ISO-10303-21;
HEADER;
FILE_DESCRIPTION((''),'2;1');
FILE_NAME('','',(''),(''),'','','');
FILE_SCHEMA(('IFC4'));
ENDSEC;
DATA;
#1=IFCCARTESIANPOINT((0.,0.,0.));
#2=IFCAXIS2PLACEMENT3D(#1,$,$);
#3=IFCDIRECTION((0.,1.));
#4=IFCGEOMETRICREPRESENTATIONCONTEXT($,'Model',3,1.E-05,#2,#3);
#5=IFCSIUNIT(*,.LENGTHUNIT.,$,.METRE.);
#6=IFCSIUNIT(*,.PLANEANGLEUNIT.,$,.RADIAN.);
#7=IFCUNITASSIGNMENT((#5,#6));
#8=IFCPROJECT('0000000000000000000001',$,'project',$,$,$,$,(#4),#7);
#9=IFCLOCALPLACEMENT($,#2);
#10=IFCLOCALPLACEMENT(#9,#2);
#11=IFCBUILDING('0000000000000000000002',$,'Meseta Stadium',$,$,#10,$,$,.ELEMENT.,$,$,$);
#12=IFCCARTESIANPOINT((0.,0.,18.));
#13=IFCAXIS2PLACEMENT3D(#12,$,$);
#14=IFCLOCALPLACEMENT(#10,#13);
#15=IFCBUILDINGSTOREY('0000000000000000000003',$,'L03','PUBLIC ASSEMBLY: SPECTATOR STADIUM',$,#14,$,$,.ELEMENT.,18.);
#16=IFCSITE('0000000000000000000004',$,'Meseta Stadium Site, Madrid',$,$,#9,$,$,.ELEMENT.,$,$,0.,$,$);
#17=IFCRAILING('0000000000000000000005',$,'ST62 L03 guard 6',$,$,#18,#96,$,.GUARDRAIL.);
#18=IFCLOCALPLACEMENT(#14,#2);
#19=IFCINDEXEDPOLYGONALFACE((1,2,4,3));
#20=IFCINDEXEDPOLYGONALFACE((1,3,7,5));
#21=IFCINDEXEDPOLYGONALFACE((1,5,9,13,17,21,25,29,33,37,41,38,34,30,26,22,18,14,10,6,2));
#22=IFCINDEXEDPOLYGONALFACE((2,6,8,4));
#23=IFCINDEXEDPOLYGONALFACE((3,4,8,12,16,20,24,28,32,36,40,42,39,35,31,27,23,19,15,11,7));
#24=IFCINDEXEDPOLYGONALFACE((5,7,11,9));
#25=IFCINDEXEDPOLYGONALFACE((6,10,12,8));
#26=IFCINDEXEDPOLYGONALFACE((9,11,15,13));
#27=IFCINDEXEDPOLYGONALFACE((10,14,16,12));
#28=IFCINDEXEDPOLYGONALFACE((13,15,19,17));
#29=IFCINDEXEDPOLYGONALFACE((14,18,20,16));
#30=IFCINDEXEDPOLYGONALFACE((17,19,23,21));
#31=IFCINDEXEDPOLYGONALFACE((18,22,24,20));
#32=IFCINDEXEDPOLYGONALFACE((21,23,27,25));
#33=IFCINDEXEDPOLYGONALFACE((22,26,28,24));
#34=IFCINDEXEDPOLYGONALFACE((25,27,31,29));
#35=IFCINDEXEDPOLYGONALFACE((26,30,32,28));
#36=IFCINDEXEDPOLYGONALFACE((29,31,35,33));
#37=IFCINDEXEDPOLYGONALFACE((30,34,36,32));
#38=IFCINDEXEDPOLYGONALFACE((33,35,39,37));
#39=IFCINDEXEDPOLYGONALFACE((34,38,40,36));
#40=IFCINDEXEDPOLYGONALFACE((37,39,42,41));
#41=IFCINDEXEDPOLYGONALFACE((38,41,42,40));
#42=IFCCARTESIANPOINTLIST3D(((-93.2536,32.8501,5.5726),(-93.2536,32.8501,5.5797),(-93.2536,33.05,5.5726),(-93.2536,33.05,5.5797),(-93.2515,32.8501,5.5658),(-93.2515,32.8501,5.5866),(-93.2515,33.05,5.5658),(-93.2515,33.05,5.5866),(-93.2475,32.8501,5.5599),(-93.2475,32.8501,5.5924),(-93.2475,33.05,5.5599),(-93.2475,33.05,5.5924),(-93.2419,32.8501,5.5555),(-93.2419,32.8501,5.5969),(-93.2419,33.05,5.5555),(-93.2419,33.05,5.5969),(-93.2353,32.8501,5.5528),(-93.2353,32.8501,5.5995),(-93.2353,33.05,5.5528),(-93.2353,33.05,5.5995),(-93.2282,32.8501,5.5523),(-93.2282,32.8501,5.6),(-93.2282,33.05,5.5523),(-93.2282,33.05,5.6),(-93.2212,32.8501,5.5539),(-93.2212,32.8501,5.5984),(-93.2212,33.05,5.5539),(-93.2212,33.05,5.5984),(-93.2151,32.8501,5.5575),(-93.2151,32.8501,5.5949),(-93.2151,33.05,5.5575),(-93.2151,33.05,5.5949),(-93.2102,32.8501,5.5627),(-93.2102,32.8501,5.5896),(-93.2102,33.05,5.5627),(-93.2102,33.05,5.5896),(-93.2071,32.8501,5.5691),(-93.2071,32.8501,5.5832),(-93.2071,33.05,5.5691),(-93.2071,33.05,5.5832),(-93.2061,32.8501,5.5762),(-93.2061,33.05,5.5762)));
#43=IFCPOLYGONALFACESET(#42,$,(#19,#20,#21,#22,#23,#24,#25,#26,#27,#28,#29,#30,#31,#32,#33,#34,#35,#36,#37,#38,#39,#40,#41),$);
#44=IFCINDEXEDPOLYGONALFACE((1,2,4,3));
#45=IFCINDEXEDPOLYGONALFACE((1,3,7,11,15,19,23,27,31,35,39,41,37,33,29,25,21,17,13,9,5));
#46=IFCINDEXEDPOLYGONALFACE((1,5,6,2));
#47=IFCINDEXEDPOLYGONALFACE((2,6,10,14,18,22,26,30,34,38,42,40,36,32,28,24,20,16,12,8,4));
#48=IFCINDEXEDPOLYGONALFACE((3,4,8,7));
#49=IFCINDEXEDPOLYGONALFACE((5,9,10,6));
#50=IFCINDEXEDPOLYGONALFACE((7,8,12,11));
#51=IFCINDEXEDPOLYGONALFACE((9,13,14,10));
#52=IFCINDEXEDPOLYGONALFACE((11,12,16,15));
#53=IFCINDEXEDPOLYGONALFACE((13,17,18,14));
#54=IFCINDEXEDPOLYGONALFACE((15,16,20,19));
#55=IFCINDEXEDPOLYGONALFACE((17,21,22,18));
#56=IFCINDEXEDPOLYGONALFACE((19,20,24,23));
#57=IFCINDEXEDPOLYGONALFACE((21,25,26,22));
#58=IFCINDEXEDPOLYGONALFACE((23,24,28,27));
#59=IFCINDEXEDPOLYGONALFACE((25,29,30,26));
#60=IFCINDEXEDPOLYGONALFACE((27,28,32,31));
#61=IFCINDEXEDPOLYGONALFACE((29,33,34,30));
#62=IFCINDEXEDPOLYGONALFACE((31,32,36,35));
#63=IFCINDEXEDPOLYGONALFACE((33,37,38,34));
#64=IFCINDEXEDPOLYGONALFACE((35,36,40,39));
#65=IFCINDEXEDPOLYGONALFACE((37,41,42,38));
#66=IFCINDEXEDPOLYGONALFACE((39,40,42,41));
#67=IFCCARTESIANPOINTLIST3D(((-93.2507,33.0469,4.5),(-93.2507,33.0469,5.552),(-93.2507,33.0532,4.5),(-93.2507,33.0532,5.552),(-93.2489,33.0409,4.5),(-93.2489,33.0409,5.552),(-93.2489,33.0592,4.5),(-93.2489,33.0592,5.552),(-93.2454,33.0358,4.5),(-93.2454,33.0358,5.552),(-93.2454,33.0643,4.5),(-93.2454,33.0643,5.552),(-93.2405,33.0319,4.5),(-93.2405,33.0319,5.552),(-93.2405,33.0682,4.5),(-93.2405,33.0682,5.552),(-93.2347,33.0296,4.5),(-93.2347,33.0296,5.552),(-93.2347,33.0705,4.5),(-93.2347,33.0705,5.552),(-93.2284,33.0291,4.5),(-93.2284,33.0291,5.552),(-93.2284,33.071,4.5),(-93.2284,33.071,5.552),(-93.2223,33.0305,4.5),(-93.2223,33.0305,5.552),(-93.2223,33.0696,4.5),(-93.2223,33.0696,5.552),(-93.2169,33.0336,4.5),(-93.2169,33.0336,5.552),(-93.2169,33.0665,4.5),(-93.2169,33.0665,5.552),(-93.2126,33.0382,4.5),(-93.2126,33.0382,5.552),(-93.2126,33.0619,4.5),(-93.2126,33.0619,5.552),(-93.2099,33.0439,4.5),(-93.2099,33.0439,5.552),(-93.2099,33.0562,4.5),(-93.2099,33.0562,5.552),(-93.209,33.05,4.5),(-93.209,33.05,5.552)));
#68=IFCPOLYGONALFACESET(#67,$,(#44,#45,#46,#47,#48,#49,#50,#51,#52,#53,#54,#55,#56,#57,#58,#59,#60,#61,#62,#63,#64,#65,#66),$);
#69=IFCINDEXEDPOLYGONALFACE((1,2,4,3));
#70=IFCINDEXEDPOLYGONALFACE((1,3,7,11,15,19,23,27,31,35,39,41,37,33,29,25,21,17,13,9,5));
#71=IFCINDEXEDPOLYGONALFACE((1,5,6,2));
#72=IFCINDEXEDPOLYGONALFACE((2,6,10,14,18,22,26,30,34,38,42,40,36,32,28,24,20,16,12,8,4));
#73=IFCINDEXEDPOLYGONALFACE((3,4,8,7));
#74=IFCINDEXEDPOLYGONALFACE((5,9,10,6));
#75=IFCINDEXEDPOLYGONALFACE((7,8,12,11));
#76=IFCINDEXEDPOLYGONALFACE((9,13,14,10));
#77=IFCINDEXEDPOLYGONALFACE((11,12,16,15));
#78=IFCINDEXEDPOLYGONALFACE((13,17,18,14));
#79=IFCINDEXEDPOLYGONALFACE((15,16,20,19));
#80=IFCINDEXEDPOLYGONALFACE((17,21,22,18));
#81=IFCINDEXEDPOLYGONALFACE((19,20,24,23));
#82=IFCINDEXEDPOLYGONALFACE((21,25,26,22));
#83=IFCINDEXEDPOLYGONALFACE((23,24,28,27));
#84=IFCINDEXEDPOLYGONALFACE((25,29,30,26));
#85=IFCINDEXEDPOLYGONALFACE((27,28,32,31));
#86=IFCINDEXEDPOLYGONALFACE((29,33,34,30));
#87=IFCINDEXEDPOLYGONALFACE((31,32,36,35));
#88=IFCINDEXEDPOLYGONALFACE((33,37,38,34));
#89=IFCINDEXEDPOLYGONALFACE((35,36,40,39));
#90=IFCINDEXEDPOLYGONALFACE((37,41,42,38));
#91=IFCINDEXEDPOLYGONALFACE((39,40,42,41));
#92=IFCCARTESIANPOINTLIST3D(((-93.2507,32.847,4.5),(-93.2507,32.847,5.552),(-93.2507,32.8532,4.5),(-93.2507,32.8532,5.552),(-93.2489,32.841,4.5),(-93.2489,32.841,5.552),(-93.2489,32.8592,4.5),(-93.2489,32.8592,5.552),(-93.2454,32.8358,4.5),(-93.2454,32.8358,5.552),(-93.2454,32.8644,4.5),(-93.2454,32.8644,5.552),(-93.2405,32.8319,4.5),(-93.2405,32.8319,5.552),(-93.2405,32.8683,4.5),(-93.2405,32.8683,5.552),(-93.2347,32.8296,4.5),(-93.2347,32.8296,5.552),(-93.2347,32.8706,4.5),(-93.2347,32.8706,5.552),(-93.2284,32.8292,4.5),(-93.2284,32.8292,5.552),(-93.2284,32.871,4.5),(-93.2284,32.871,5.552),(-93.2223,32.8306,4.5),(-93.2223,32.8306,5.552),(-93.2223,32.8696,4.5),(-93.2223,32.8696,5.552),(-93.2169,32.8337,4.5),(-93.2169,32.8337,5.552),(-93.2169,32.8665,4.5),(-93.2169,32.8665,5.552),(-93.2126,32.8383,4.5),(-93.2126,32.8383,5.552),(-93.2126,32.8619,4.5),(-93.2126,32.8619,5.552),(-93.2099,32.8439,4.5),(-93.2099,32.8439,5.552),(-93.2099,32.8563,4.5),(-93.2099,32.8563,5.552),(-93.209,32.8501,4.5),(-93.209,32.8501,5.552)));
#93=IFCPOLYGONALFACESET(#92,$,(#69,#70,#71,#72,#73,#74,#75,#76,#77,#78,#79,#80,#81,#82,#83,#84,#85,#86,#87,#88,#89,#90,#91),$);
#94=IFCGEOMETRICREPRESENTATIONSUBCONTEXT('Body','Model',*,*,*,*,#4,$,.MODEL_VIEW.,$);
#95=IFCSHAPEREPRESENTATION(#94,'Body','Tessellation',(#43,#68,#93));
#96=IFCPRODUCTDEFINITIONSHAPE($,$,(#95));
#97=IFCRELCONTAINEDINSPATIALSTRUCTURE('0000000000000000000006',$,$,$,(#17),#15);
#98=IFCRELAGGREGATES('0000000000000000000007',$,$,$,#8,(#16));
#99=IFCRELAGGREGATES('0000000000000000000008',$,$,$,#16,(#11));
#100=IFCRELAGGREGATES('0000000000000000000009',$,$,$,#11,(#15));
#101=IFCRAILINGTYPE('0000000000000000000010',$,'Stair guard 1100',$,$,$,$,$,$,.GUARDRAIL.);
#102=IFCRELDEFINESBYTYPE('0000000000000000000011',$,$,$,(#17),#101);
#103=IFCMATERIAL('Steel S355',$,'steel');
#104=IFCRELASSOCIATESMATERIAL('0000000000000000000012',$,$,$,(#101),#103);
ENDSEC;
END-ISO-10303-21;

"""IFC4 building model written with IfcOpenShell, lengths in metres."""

from ifc_helpers import new_model, si_unit, direction, frame, origin, origin_2d, place, context, subcontext, project, spatial, circle, extrude, material, type_object, element, save


model = new_model("IFC4")

# Units and contexts
model_context = context("Model", 3, precision=1e-05, world=origin(), true_north=direction((0.0, 1.0)))
body_context = subcontext(model_context, "Body", "Model", "MODEL_VIEW")
ifc_project = project(units=[si_unit("LENGTHUNIT", "METRE"), si_unit("PLANEANGLEUNIT", "RADIAN")], contexts=[model_context])

# Site, building, storey
site_placement = place(None, origin())
site = spatial("IfcSite", under=ifc_project, at=site_placement, Name="Meseta Stadium Site, Madrid", CompositionType="ELEMENT", RefElevation=0.0)
building_placement = place(site_placement, origin())
building = spatial("IfcBuilding", under=site, at=building_placement, Name="Meseta Stadium", CompositionType="ELEMENT")
storey_placement = place(building_placement, frame((0.0, 0.0, 18.0)))
storey = spatial("IfcBuildingStorey", under=building, at=storey_placement, Name="L03", Description="PUBLIC ASSEMBLY: SPECTATOR STADIUM", CompositionType="ELEMENT", Elevation=18.0)

# Railing
ifc_material_1 = material(Name="Steel S355", Category="steel")
railing_type_1 = type_object("IfcRailingType", Name="Stair guard 1100", PredefinedType="GUARDRAIL", material=ifc_material_1)
railing_1_placement = place(storey_placement, frame((-93.23, 33.05, 4.5)))
element("IfcRailing", 1, at=railing_1_placement, inside=storey, type_object=railing_type_1, Name="ST62 L03 guard 6", PredefinedType="GUARDRAIL", context=body_context, shape_type="SweptSolid", body=[
    extrude(circle(Radius=0.0239, at=origin_2d()), frame((0.0, 0.0, 1.0762), z_axis=(0.0, -1.0, 0.0), x_axis=(1.0, 0.0, 0.0)), (0.0, 0.0, 1.0), 0.2),
    extrude(circle(Radius=0.021, at=origin_2d()), origin(), (0.0, 0.0, 1.0), 1.052),
    extrude(circle(Radius=0.021, at=origin_2d()), frame((0.0, -0.2, 0.0)), (0.0, 0.0, 1.0), 1.052),
])

save(model, "model.ifc")
